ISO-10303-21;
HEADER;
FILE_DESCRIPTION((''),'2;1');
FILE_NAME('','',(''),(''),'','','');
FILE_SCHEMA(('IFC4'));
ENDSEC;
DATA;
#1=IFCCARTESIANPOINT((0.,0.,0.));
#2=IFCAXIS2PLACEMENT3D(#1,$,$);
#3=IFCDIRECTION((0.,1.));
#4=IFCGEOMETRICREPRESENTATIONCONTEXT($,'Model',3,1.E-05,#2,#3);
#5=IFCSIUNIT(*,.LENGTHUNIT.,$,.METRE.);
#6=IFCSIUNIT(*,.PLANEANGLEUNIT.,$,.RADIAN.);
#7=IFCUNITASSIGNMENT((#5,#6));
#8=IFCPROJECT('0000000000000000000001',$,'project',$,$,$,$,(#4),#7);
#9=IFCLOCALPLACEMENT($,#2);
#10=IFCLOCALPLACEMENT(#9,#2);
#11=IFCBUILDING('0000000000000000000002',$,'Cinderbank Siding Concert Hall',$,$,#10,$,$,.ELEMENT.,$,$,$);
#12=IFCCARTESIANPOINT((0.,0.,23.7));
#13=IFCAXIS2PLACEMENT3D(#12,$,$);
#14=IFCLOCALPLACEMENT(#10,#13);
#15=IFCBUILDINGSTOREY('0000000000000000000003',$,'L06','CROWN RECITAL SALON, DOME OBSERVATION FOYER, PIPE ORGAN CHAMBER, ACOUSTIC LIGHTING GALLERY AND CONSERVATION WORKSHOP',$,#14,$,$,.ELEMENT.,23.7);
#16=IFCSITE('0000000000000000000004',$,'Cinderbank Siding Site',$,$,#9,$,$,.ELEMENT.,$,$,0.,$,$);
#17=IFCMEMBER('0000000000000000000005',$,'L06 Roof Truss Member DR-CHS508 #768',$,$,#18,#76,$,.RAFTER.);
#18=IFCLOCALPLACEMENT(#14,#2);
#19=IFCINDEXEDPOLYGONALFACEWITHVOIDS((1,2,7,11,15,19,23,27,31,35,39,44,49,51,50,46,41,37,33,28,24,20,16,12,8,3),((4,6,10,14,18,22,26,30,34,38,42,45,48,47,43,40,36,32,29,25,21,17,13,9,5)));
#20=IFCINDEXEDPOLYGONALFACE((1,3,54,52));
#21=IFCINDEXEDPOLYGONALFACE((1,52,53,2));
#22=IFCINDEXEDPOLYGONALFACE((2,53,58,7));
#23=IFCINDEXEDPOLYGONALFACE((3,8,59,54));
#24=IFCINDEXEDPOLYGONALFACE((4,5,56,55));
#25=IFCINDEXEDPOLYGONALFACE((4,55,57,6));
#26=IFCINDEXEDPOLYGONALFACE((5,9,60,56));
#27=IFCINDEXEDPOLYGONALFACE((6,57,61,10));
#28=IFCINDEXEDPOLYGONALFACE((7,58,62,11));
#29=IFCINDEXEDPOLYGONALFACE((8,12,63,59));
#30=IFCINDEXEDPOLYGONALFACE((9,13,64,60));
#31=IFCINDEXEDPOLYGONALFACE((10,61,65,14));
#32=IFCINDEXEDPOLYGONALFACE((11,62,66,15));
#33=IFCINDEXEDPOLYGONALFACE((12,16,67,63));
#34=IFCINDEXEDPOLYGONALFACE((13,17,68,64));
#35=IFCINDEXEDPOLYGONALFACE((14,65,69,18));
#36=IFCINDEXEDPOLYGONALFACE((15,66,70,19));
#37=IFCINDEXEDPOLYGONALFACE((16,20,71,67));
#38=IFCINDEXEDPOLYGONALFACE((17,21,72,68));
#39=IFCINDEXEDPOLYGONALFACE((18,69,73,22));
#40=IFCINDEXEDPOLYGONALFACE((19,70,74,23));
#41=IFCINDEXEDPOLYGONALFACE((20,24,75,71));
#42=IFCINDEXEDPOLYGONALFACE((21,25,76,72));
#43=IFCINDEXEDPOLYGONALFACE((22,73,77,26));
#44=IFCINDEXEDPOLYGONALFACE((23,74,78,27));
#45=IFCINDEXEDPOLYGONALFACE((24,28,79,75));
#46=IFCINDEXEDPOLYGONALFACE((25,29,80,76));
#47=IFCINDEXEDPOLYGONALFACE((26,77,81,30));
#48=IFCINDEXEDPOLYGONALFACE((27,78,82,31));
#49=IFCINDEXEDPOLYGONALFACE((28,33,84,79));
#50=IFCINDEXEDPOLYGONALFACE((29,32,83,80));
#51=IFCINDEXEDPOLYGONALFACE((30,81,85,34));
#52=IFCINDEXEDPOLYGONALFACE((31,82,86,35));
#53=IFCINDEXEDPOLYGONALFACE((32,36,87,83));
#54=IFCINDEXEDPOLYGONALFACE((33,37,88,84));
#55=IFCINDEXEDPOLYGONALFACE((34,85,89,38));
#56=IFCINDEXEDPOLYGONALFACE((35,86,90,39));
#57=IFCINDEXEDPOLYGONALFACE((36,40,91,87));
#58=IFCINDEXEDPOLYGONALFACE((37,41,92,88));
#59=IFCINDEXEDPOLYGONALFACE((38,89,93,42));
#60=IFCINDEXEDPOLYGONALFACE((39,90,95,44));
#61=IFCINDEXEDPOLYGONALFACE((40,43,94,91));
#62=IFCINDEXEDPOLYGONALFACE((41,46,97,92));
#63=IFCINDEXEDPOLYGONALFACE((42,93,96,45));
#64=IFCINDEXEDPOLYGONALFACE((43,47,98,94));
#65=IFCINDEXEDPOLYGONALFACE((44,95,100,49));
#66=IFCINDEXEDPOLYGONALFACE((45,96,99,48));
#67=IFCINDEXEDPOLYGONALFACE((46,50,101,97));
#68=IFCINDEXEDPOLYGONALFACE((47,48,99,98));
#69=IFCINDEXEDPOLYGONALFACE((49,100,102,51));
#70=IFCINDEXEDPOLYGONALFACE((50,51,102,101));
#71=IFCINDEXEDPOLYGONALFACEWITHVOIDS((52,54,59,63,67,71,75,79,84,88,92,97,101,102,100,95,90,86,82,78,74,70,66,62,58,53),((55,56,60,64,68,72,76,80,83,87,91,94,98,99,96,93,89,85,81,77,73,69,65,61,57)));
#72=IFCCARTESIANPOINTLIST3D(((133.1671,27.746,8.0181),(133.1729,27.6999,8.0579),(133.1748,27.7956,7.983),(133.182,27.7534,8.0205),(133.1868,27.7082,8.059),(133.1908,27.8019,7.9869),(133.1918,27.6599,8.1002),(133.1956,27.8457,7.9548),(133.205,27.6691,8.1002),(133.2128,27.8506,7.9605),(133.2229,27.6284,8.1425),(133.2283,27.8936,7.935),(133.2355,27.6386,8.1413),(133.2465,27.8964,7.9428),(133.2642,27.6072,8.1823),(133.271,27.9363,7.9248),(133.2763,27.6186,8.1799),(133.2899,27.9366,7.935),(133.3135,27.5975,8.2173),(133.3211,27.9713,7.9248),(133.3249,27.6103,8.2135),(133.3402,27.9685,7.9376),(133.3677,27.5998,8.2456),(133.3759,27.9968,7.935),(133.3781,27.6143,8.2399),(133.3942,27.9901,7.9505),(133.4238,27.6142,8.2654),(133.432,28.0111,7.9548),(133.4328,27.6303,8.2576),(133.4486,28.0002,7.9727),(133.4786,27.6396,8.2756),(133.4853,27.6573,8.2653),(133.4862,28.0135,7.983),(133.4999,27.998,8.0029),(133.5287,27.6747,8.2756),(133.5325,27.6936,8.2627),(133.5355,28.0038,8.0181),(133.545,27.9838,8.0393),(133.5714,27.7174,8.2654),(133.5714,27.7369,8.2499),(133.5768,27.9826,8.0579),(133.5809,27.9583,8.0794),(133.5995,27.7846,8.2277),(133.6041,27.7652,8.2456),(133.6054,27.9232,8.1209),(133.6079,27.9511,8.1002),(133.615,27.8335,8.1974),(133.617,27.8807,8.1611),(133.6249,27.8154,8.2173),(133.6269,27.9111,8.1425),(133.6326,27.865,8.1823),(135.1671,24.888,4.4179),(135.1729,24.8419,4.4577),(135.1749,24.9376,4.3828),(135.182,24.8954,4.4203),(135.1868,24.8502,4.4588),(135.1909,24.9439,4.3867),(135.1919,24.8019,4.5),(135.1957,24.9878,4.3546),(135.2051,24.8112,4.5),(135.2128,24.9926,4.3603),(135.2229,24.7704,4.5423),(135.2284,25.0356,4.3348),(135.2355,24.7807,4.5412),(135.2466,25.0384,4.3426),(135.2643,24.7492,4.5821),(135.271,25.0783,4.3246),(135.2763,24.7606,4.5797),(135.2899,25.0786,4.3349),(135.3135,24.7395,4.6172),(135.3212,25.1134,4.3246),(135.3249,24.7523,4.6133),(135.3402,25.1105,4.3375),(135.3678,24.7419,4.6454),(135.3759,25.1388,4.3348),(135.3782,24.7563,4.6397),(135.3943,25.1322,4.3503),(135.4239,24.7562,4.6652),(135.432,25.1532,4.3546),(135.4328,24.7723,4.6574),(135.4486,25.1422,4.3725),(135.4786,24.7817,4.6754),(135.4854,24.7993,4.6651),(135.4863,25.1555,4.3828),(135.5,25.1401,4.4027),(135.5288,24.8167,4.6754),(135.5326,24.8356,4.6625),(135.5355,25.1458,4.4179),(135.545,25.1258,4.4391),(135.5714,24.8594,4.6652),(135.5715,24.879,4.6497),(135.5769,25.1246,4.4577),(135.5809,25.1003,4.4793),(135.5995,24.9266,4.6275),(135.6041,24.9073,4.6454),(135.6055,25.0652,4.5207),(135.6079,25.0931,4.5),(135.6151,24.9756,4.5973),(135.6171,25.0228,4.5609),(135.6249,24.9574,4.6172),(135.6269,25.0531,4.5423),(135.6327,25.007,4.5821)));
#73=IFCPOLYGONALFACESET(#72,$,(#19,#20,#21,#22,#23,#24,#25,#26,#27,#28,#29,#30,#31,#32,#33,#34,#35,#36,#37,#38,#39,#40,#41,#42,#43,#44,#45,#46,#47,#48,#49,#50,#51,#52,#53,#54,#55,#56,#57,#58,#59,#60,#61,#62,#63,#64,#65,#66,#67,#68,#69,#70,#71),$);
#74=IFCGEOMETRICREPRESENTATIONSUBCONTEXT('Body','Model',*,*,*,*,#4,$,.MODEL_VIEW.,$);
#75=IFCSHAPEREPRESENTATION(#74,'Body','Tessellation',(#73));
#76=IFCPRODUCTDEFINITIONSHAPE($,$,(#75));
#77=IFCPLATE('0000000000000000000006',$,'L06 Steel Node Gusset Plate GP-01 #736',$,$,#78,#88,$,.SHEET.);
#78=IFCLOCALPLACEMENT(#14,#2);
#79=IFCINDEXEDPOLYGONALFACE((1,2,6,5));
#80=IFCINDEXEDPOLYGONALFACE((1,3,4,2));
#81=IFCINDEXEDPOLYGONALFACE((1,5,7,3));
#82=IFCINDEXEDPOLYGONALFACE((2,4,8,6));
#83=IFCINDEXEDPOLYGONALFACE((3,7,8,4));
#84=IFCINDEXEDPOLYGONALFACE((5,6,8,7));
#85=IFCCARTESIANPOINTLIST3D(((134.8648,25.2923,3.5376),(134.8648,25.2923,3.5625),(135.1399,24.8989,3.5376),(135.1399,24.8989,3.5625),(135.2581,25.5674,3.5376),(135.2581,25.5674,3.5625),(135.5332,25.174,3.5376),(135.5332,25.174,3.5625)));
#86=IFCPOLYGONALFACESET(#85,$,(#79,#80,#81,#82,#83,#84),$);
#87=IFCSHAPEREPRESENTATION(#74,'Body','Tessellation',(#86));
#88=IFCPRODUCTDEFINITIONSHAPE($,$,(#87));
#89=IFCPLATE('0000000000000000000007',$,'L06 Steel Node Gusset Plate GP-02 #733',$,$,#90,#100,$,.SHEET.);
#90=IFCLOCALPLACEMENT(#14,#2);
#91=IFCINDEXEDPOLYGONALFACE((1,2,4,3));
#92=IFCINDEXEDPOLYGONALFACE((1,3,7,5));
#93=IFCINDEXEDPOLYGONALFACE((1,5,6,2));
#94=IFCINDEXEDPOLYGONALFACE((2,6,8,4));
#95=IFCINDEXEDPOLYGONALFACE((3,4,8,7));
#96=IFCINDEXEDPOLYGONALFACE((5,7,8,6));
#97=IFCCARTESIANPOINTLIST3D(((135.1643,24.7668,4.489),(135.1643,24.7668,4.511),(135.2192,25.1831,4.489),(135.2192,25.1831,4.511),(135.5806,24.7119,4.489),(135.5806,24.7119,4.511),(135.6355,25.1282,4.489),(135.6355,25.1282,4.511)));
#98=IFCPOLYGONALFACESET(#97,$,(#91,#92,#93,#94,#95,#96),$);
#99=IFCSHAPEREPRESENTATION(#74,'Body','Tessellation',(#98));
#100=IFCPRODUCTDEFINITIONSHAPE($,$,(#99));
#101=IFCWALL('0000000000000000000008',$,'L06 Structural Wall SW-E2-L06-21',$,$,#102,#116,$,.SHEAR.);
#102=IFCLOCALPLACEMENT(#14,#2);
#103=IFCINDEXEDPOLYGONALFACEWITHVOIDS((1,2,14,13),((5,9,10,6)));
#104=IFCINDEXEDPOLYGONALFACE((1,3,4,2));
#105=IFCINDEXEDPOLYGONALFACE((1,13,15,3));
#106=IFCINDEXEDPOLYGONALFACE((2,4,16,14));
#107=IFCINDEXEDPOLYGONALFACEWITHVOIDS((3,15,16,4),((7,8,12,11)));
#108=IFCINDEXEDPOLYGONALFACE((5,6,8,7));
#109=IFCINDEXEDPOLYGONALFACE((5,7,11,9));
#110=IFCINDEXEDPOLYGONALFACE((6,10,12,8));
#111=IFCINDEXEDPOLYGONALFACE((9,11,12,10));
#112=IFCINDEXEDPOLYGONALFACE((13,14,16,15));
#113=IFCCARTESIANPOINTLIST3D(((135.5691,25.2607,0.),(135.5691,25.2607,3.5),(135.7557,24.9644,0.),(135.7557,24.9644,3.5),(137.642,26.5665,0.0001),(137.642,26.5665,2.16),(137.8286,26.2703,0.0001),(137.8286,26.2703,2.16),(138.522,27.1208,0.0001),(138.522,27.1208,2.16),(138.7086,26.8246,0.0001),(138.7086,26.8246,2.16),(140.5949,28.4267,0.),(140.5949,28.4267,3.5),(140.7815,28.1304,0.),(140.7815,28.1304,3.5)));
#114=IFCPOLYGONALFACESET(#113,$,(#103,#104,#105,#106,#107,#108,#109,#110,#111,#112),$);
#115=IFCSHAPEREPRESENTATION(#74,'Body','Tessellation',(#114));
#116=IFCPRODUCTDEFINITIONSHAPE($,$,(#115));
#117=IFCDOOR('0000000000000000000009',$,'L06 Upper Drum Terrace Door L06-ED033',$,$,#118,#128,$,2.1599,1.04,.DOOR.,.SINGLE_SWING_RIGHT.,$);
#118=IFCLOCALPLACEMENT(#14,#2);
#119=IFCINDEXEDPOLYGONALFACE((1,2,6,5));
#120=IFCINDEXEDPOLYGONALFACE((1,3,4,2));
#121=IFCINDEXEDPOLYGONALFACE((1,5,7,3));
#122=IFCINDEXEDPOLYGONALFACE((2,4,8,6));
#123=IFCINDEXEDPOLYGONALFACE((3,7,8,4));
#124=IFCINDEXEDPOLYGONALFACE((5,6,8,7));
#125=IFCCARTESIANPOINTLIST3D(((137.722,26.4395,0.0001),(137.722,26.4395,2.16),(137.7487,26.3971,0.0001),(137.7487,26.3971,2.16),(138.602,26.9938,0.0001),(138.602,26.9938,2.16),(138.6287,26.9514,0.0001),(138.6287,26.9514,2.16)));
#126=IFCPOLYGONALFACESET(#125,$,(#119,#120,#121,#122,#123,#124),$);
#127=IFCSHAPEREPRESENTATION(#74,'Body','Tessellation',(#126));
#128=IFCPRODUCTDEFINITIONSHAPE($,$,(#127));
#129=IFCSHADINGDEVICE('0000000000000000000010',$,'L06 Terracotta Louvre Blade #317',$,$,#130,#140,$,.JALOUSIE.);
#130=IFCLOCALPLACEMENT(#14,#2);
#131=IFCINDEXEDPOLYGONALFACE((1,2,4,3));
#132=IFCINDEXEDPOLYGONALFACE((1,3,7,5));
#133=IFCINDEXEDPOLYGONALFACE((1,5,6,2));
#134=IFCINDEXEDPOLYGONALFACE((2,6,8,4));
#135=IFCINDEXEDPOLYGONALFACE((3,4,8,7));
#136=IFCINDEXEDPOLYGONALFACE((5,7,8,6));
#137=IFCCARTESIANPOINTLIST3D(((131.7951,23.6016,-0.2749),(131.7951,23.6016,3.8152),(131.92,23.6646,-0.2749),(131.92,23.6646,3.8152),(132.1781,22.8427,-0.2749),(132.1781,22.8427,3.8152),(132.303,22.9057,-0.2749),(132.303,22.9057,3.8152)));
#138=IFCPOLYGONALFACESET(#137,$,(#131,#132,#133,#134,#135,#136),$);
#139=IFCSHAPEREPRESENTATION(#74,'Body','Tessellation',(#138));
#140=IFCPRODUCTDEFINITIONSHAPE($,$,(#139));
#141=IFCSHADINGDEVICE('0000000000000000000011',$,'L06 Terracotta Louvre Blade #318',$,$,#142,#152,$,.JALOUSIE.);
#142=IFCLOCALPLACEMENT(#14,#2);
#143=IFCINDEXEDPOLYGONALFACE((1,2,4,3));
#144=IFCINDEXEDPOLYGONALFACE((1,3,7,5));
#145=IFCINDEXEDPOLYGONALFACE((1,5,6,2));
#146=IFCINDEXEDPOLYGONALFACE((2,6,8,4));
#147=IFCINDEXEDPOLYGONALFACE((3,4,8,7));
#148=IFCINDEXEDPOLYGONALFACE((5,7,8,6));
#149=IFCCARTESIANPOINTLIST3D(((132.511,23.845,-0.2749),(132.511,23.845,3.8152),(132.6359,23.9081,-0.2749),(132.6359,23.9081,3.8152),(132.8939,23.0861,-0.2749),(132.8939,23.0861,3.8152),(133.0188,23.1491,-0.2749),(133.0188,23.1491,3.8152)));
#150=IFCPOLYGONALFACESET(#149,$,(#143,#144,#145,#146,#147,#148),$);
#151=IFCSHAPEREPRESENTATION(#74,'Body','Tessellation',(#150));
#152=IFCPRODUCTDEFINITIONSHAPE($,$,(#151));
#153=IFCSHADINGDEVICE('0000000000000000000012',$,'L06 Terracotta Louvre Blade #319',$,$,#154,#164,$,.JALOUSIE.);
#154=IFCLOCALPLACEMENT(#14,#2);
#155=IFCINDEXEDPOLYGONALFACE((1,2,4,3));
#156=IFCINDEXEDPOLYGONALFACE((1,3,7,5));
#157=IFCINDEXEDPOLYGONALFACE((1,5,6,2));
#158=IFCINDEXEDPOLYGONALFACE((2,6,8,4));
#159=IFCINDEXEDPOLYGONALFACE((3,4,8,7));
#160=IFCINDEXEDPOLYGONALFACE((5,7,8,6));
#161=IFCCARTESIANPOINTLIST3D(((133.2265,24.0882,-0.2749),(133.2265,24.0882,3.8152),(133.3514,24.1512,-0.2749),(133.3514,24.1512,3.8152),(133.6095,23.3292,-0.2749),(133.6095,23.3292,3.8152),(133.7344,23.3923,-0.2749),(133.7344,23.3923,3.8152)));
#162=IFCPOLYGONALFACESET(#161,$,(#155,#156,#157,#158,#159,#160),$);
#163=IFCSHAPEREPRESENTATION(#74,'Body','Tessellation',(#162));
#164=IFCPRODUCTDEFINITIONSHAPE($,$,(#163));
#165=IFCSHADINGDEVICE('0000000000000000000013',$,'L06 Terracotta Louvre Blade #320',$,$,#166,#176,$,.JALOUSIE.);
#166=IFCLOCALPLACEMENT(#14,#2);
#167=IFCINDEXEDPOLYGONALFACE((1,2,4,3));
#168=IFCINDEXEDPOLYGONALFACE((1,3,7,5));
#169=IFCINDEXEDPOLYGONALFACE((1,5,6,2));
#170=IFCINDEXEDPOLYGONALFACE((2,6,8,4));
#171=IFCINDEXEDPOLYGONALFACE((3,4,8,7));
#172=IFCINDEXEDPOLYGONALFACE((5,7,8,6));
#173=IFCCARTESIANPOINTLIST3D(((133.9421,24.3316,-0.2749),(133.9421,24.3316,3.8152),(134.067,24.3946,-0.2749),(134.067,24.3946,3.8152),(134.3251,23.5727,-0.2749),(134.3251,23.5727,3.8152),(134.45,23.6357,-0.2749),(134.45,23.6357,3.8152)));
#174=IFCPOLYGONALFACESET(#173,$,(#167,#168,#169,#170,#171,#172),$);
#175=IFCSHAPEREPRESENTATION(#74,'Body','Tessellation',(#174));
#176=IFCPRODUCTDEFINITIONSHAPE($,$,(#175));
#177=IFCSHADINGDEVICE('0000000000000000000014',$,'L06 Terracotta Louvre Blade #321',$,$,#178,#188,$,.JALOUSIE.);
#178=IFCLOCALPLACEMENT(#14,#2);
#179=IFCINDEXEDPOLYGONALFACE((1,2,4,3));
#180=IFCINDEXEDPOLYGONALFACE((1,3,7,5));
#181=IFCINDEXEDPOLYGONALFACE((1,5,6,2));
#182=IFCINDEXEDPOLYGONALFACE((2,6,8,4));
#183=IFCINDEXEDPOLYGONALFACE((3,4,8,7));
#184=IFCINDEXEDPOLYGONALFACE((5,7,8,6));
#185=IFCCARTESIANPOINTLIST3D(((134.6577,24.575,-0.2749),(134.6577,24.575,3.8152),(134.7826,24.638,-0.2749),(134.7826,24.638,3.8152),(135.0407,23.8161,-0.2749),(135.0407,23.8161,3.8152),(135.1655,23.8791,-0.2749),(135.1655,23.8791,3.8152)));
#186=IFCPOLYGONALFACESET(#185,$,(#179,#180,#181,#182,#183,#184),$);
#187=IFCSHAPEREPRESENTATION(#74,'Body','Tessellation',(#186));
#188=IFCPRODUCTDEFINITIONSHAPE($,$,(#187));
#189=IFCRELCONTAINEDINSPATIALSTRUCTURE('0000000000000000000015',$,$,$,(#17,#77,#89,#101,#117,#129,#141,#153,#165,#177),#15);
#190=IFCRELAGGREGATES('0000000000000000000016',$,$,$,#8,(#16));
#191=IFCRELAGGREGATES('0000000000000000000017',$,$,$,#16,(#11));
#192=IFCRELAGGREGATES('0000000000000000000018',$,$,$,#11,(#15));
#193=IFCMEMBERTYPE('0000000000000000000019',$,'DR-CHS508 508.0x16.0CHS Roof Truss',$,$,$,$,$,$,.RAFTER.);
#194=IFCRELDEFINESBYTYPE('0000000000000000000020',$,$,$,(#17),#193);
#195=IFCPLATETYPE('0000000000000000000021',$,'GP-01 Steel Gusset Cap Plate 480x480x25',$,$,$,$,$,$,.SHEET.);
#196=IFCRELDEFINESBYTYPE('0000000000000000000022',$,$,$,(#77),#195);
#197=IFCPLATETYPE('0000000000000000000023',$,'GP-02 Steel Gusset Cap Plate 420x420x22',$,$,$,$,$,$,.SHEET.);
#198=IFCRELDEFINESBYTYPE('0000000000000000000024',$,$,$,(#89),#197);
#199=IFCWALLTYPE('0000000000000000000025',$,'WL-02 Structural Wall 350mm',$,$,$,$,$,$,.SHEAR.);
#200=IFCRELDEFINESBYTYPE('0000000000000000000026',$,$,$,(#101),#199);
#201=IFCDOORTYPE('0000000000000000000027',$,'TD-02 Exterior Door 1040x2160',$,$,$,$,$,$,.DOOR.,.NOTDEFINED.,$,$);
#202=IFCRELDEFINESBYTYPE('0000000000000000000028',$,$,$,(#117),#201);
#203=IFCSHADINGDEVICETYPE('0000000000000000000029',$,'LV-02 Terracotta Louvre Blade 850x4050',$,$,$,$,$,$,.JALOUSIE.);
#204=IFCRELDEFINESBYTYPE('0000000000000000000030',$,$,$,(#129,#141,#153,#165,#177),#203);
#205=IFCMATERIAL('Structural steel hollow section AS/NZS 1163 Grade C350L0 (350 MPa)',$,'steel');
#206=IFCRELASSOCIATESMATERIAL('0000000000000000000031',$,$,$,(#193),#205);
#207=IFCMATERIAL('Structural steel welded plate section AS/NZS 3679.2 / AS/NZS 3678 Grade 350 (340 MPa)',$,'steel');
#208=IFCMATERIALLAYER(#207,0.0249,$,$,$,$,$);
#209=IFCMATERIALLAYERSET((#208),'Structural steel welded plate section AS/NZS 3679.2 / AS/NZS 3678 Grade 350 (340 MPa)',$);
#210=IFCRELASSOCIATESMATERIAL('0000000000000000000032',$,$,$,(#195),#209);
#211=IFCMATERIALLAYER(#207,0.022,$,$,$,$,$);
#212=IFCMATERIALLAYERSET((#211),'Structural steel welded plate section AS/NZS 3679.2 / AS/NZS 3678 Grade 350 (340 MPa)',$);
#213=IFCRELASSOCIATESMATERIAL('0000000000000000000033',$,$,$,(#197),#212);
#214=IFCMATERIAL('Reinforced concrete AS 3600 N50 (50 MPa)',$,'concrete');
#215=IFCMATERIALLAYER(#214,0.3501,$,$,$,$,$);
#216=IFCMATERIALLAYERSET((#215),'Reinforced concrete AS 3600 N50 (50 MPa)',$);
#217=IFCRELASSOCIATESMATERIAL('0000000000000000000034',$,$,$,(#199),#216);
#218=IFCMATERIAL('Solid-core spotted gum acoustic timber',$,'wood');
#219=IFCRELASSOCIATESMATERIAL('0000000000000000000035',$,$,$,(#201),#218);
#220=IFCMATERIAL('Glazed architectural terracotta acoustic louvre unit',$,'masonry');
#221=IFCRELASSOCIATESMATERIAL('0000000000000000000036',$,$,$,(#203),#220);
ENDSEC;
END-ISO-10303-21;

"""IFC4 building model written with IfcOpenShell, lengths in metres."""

from ifc_helpers import new_model, si_unit, direction, frame, frame_2d, origin, origin_2d, place, context, subcontext, project, spatial, rectangle, hollow_circle, extrude, material, layer, layer_set, material_profile, profile_set, type_object, element, fill, save


model = new_model("IFC4")

# Units and contexts
model_context = context("Model", 3, precision=1e-05, world=origin(), true_north=direction((0.0, 1.0)))
body_context = subcontext(model_context, "Body", "Model", "MODEL_VIEW")
ifc_project = project(units=[si_unit("LENGTHUNIT", "METRE"), si_unit("PLANEANGLEUNIT", "RADIAN")], contexts=[model_context])

# Site, building, storey
site_placement = place(None, origin())
site = spatial("IfcSite", under=ifc_project, at=site_placement, Name="Cinderbank Siding Site", CompositionType="ELEMENT", RefElevation=0.0)
building_placement = place(site_placement, origin())
building = spatial("IfcBuilding", under=site, at=building_placement, Name="Cinderbank Siding Concert Hall", CompositionType="ELEMENT")
storey_placement = place(building_placement, frame((0.0, 0.0, 23.7)))
storey = spatial("IfcBuildingStorey", under=building, at=storey_placement, Name="L06", Description="CROWN RECITAL SALON, DOME OBSERVATION FOYER, PIPE ORGAN CHAMBER, ACOUSTIC LIGHTING GALLERY AND CONSERVATION WORKSHOP", CompositionType="ELEMENT", Elevation=23.7)

# Shared definitions
ifc_material_1 = material(Name="Reinforced concrete AS 3600 N50 (50 MPa)", Category="concrete")

# Shared definitions
ifc_material_2 = material(Name="Structural steel welded plate section AS/NZS 3679.2 / AS/NZS 3678 Grade 350 (340 MPa)", Category="steel")

# Member
ifc_material_3 = material(Name="Structural steel hollow section AS/NZS 1163 Grade C350L0 (350 MPa)", Category="steel")
ifc_material_profile_1 = material_profile(ifc_material_3, hollow_circle(Radius=0.2539, WallThickness=0.0161, at=origin_2d()), Name="508.0x16.0CHS", Category="LoadBearing")
ifc_profile_set_1 = profile_set([ifc_material_profile_1], Name="Structural steel hollow section AS/NZS 1163 Grade C350L0 (350 MPa)")
member_type_1 = type_object("IfcMemberType", Name="DR-CHS508 508.0x16.0CHS Roof Truss", PredefinedType="RAFTER", material=ifc_profile_set_1)
member_1_placement = place(storey_placement, frame((135.3999, 24.9475, 4.5), z_axis=(-0.398977, 0.57012, 0.718178), x_axis=(-0.819304, -0.573359, 0.0)))
element("IfcMember", 1, at=member_1_placement, inside=storey, type_object=member_type_1, Name="L06 Roof Truss Member DR-CHS508 #768", PredefinedType="RAFTER", context=body_context, shape_type="SweptSolid", body=[
    extrude(hollow_circle(Radius=0.2539, WallThickness=0.0161, at=origin_2d()), origin(), (0.0, 0.0, 1.0), 5.0129),
])

# Plates
ifc_layer_1 = layer(ifc_material_2, 0.0249)
ifc_layer_set_1 = layer_set([ifc_layer_1], Name="Structural steel welded plate section AS/NZS 3679.2 / AS/NZS 3678 Grade 350 (340 MPa)")
plate_type_1 = type_object("IfcPlateType", Name="GP-01 Steel Gusset Cap Plate 480x480x25", PredefinedType="SHEET", material=ifc_layer_set_1)
plate_1_placement = place(storey_placement, frame((135.199, 25.2332, 3.5376), z_axis=(0.0, 0.0, 1.0), x_axis=(-0.573147, 0.819452, 0.0)))
element("IfcPlate", 2, at=plate_1_placement, inside=storey, type_object=plate_type_1, Name="L06 Steel Node Gusset Plate GP-01 #736", PredefinedType="SHEET", context=body_context, shape_type="SweptSolid", body=[
    extrude(rectangle(XDim=0.48, YDim=0.48, at=origin_2d()), origin(), (0.0, 0.0, 1.0), 0.0249),
])
ifc_layer_2 = layer(ifc_material_2, 0.022)
ifc_layer_set_2 = layer_set([ifc_layer_2], Name="Structural steel welded plate section AS/NZS 3679.2 / AS/NZS 3678 Grade 350 (340 MPa)")
plate_type_2 = type_object("IfcPlateType", Name="GP-02 Steel Gusset Cap Plate 420x420x22", PredefinedType="SHEET", material=ifc_layer_set_2)
plate_2_placement = place(storey_placement, frame((135.3999, 24.9475, 4.489), z_axis=(0.0, 0.0, 1.0), x_axis=(-0.991399, 0.130872, 0.0)))
element("IfcPlate", 3, at=plate_2_placement, inside=storey, type_object=plate_type_2, Name="L06 Steel Node Gusset Plate GP-02 #733", PredefinedType="SHEET", context=body_context, shape_type="SweptSolid", body=[
    extrude(rectangle(XDim=0.4199, YDim=0.4199, at=origin_2d()), origin(), (0.0, 0.0, 1.0), 0.022),
])

# Wall, opening, door
ifc_layer_3 = layer(ifc_material_1, 0.3501)
ifc_layer_set_3 = layer_set([ifc_layer_3], Name="Reinforced concrete AS 3600 N50 (50 MPa)")
wall_type = type_object("IfcWallType", Name="WL-02 Structural Wall 350mm", PredefinedType="SHEAR", material=ifc_layer_set_3)
wall_placement = place(storey_placement, frame((135.6624, 25.1125, 0.0), z_axis=(0.0, 0.0, 1.0), x_axis=(0.846113, 0.533003, 0.0)))
wall = element("IfcWall", 4, at=wall_placement, inside=storey, type_object=wall_type, Name="L06 Structural Wall SW-E2-L06-21", PredefinedType="SHEAR", context=body_context, shape_type="SweptSolid", body=[
    extrude(rectangle(XDim=5.9399, YDim=0.3501, at=frame_2d((2.97, 0.0))), origin(), (0.0, 0.0, 1.0), 3.5),
])
opening_placement = place(wall_placement, frame((2.45, 0.0, 0.0)))
opening = element("IfcOpeningElement", 5, at=opening_placement, cuts=wall, PredefinedType="OPENING", context=body_context, shape_type="SweptSolid", body=[
    extrude(rectangle(XDim=1.04, YDim=2.1599, at=frame_2d((0.52, 1.0801))), frame((0.0, 0.187, 0.0), z_axis=(0.0, -1.0, 0.0), x_axis=(1.0, 0.0, 0.0)), (0.0, 0.0, 1.0), 0.374),
])
ifc_material_4 = material(Name="Solid-core spotted gum acoustic timber", Category="wood")
door_type = type_object("IfcDoorType", Name="TD-02 Exterior Door 1040x2160", OperationType="NOTDEFINED", PredefinedType="DOOR", material=ifc_material_4)
door_placement = place(opening_placement, origin())
door = element("IfcDoor", 6, at=door_placement, inside=storey, type_object=door_type, Name="L06 Upper Drum Terrace Door L06-ED033", OperationType="SINGLE_SWING_RIGHT", OverallHeight=2.1599, OverallWidth=1.04, PredefinedType="DOOR", context=body_context, shape_type="SweptSolid", body=[
    extrude(rectangle(XDim=1.04, YDim=2.1599, at=frame_2d((0.52, 1.0801))), frame((0.0, 0.0249, 0.0), z_axis=(0.0, -1.0, 0.0), x_axis=(1.0, 0.0, 0.0)), (0.0, 0.0, 1.0), 0.05),
])
fill(opening, door)

# Shading devices
ifc_material_5 = material(Name="Glazed architectural terracotta acoustic louvre unit", Category="masonry")
shading_device_type = type_object("IfcShadingDeviceType", Name="LV-02 Terracotta Louvre Blade 850x4050", PredefinedType="JALOUSIE", material=ifc_material_5)
for number, where, z_axis, x_axis, name in (
    (7, (132.0491, 23.2537, -0.2749), (0.0, 0.0, 1.0), (0.450487, -0.892783, 0.0), "L06 Terracotta Louvre Blade #317"),
    (8, (132.7649, 23.4971, -0.2749), (0.0, 0.0, 1.0), (0.450487, -0.892783, 0.0), "L06 Terracotta Louvre Blade #318"),
    (9, (133.4805, 23.7402, -0.2749), (0.0, 0.0, 1.0), (0.450487, -0.892783, 0.0), "L06 Terracotta Louvre Blade #319"),
    (10, (134.196, 23.9836, -0.2749), (0.0, 0.0, 1.0), (0.450487, -0.892783, 0.0), "L06 Terracotta Louvre Blade #320"),
    (11, (134.9116, 24.2271, -0.2749), (0.0, 0.0, 1.0), (0.450487, -0.892783, 0.0), "L06 Terracotta Louvre Blade #321"),
):
    element("IfcShadingDevice", number, at=place(storey_placement, frame(where, z_axis=z_axis, x_axis=x_axis)), inside=storey, type_object=shading_device_type, Name=name, PredefinedType="JALOUSIE", context=body_context, shape_type="SweptSolid", body=[
        extrude(rectangle(XDim=0.8501, YDim=0.1399, at=origin_2d()), origin(), (0.0, 0.0, 1.0), 4.0901),
    ])

save(model, "model.ifc")
